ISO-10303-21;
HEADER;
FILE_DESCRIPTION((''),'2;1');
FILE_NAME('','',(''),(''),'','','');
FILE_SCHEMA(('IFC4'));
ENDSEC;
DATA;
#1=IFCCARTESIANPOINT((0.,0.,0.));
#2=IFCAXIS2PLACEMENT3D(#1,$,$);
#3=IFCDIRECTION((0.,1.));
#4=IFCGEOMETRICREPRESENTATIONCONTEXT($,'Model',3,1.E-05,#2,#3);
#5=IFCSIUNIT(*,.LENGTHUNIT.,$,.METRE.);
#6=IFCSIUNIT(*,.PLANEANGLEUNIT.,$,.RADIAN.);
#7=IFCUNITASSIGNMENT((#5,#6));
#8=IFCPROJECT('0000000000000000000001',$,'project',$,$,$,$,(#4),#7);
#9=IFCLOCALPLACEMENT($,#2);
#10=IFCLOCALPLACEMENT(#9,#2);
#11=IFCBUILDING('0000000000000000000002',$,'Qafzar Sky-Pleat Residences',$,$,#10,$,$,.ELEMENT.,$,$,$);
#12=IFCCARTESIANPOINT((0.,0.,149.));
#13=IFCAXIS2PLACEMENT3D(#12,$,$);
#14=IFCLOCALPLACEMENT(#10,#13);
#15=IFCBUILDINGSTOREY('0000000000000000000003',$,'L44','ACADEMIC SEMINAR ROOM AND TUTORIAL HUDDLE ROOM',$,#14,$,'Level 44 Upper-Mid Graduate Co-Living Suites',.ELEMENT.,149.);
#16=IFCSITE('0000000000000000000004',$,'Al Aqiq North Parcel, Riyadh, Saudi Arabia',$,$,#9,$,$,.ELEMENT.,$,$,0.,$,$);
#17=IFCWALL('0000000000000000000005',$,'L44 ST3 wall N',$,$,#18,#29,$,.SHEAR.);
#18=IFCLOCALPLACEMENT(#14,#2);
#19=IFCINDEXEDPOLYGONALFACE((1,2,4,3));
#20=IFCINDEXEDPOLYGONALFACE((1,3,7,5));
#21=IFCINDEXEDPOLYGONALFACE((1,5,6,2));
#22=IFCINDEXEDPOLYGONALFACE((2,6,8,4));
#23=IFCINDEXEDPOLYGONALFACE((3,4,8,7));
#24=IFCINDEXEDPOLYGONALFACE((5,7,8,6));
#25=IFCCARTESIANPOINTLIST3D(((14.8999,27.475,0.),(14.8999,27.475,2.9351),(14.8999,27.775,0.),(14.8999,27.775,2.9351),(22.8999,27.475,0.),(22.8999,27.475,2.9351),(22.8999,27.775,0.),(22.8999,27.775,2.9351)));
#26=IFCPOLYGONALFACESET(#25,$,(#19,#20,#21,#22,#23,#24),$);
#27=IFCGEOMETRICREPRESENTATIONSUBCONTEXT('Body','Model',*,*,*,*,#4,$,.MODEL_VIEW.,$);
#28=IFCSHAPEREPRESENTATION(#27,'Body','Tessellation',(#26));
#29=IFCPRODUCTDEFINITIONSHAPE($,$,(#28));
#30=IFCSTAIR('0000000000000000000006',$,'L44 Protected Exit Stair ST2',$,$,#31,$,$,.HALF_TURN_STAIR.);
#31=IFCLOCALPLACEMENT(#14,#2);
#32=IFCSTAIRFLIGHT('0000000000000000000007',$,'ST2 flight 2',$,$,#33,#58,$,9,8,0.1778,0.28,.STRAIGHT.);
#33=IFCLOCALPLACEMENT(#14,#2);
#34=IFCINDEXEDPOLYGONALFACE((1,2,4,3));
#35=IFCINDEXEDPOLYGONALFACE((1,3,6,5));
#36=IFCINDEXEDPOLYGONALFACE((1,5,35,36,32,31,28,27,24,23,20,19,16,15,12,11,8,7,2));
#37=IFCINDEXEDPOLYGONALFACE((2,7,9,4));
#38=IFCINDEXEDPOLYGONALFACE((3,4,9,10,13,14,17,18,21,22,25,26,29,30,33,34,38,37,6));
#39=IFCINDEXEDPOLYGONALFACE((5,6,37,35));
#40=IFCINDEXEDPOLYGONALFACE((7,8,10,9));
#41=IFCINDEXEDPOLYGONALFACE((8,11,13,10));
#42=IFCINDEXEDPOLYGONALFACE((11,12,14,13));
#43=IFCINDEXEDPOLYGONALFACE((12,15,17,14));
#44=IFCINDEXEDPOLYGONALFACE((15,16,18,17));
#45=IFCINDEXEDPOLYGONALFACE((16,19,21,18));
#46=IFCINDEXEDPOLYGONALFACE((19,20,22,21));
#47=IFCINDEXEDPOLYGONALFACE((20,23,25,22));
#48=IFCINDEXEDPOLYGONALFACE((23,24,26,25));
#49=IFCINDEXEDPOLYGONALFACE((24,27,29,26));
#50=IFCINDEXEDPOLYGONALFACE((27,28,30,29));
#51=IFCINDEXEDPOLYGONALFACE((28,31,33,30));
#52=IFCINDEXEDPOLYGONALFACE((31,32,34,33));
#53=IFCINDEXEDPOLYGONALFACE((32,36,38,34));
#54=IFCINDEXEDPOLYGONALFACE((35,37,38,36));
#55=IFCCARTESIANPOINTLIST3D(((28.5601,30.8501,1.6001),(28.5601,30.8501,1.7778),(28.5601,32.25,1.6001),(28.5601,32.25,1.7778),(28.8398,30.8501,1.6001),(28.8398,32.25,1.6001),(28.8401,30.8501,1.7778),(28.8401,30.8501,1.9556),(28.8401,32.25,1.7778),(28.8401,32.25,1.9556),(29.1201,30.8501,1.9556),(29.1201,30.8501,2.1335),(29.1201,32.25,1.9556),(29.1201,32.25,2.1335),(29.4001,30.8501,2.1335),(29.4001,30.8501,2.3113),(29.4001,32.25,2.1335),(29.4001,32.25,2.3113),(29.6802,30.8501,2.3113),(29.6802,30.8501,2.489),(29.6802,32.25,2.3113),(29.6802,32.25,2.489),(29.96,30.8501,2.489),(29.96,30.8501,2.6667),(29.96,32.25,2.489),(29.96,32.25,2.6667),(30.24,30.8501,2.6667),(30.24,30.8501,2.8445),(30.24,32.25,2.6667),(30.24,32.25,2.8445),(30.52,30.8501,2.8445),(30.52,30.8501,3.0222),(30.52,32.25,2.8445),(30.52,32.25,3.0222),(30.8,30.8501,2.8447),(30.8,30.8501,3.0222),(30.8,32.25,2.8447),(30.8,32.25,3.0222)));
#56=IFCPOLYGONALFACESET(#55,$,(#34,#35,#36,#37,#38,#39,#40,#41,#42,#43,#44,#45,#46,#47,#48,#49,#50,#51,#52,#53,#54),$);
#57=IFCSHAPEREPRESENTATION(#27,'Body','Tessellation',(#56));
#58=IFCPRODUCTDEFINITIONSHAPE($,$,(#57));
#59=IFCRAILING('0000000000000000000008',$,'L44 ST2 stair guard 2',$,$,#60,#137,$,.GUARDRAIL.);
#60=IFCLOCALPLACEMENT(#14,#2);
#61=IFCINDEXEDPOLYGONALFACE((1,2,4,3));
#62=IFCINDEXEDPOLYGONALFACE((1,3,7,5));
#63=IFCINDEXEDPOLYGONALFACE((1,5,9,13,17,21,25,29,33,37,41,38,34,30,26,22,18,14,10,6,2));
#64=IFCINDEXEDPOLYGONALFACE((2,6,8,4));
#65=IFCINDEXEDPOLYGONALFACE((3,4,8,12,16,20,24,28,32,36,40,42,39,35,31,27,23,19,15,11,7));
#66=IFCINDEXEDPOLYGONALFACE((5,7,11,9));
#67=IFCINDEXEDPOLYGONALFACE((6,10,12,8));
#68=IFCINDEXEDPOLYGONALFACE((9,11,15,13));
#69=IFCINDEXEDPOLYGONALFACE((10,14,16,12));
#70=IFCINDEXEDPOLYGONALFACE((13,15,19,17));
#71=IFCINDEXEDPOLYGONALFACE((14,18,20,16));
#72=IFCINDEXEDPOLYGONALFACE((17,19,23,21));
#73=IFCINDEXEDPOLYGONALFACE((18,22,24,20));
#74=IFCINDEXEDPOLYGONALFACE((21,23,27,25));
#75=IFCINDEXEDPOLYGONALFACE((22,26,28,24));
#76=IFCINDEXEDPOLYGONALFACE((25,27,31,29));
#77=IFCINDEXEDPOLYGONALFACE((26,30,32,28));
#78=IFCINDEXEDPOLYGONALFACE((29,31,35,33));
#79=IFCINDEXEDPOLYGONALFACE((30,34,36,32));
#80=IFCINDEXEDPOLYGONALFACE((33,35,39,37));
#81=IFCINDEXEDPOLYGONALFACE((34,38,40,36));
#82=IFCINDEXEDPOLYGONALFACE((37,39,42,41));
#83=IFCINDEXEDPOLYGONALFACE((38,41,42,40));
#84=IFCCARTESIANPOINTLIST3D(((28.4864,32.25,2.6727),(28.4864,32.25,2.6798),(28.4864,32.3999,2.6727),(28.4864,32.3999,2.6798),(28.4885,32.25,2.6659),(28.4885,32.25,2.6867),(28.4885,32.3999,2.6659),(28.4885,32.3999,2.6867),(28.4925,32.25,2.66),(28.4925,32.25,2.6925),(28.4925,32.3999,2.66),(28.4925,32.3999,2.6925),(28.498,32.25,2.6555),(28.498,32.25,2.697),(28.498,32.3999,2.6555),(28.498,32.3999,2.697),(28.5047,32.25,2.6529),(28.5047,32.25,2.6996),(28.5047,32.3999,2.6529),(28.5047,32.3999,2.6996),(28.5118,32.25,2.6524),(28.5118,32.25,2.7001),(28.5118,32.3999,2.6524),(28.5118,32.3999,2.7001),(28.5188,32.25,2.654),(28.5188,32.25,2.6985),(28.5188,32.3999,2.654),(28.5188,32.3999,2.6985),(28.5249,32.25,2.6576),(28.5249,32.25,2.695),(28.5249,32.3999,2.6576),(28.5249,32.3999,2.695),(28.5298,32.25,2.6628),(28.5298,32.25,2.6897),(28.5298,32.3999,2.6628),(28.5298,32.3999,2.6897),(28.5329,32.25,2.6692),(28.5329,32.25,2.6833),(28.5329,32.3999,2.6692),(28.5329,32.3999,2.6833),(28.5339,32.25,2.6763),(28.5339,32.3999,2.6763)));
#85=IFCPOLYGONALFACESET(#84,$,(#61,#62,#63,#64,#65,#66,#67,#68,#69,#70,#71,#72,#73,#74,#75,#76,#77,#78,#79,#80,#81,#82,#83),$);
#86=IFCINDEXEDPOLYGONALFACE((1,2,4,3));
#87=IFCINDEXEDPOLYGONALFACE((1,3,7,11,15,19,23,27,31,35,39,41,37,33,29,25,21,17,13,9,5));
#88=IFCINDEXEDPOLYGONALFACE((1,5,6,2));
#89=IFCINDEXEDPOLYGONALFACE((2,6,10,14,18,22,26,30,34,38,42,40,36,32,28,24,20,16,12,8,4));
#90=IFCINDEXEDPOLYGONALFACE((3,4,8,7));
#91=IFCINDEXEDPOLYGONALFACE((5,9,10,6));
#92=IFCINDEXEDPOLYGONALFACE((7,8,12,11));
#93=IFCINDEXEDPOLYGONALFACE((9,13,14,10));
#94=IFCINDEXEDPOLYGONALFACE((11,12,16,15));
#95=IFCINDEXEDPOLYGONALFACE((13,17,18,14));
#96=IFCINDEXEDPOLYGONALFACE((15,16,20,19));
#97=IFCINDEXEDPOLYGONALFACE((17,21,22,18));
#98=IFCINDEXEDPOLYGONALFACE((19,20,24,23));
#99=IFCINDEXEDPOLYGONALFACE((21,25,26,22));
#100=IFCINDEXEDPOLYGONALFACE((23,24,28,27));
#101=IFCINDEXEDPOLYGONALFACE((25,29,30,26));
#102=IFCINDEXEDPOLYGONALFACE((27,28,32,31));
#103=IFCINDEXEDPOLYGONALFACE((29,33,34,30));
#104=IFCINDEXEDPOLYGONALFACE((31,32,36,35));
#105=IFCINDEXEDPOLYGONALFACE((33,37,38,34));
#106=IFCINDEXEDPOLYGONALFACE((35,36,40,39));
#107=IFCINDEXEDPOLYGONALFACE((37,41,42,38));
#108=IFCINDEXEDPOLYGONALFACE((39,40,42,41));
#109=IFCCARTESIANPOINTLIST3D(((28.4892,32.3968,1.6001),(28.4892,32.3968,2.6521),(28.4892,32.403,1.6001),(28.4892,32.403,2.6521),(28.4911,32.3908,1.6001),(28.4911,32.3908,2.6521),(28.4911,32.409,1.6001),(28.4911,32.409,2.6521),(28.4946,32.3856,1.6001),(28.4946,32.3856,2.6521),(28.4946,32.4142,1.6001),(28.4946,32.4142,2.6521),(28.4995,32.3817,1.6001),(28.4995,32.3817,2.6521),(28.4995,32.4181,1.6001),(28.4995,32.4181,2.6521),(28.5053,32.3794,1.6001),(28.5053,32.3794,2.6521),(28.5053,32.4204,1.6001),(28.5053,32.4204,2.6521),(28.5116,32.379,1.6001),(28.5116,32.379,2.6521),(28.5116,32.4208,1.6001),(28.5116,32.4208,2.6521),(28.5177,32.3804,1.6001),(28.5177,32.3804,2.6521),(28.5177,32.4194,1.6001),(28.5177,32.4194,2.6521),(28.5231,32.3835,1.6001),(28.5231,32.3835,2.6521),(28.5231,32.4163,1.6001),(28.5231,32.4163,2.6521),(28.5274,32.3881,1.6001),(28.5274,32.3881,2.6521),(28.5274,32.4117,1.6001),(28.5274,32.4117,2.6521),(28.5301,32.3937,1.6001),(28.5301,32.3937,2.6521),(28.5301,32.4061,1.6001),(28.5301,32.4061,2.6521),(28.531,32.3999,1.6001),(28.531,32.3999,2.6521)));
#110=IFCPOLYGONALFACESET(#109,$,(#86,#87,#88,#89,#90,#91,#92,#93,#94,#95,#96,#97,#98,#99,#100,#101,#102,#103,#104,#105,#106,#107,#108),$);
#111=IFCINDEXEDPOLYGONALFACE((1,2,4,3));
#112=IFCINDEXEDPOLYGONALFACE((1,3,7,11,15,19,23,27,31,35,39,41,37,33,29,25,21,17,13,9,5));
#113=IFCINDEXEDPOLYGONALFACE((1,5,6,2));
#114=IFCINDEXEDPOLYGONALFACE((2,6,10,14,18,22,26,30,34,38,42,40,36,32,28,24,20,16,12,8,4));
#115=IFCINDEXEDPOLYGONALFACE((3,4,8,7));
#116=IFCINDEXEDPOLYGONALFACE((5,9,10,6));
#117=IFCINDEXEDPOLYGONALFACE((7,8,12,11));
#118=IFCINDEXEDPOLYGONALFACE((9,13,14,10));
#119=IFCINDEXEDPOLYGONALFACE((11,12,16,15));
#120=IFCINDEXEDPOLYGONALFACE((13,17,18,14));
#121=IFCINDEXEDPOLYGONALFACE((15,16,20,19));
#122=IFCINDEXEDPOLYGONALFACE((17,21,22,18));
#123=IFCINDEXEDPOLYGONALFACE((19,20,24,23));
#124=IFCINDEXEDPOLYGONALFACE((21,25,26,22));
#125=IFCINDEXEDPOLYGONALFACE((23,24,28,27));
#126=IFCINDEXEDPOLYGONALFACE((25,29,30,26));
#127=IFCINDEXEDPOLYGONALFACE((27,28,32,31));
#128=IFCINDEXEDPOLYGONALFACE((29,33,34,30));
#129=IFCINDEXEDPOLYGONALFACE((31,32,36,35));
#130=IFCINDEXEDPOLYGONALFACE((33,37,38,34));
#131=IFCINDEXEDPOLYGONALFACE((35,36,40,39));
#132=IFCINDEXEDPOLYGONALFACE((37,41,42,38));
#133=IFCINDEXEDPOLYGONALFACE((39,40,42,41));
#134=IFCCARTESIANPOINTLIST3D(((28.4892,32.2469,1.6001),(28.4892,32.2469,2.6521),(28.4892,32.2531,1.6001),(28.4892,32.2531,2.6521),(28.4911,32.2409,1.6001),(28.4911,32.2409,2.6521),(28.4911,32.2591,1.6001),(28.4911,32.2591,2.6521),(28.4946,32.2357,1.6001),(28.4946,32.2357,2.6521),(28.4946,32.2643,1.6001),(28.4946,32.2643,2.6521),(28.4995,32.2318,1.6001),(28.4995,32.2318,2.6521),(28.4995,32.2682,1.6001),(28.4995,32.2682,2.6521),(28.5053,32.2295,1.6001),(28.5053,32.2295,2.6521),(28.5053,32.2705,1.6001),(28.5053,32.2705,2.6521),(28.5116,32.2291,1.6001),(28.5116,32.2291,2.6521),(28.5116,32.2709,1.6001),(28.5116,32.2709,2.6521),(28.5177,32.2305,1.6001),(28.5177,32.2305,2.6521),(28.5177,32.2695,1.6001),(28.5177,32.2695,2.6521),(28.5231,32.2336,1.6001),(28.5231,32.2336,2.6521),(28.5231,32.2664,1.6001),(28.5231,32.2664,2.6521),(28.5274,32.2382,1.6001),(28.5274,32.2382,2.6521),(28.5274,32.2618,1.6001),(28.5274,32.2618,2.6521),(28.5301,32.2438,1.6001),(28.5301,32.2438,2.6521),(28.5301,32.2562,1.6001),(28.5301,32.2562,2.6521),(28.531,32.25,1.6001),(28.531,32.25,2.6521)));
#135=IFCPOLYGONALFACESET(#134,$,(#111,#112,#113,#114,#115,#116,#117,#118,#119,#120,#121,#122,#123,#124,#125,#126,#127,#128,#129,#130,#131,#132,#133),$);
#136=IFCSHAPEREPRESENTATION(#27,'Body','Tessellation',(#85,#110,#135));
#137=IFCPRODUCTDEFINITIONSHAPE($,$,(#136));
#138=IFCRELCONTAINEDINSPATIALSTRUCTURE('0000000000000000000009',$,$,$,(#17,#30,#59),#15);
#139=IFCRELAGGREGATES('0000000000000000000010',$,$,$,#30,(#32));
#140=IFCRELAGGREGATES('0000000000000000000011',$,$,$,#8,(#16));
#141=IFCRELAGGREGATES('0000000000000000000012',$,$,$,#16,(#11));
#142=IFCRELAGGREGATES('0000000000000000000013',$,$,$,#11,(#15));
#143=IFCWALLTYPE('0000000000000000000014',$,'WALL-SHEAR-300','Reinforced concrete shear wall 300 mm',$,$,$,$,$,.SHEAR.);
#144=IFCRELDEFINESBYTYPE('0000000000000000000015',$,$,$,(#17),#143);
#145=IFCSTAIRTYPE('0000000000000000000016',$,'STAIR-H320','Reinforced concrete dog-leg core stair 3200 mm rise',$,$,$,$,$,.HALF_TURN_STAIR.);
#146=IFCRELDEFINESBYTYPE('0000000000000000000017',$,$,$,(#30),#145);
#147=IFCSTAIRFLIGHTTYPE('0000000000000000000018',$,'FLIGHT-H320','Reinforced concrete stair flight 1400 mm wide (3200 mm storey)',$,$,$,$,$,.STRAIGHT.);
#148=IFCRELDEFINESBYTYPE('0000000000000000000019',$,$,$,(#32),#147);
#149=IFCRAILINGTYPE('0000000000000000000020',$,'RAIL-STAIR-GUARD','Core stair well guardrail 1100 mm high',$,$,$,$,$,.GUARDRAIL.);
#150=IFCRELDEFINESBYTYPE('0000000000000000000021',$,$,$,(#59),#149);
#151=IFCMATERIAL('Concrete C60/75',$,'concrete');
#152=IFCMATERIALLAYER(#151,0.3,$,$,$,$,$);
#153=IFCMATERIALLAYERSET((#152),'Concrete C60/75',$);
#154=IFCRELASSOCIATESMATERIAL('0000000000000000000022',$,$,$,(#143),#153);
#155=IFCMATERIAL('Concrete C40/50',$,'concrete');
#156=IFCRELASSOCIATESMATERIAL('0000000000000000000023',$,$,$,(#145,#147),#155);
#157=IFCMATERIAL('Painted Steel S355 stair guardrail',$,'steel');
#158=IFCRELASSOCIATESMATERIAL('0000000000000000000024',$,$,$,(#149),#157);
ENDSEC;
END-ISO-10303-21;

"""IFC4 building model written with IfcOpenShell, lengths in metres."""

from ifc_helpers import new_model, si_unit, direction, frame, frame_2d, origin, origin_2d, place, context, subcontext, project, spatial, polyline, rectangle, circle, outline, extrude, source, transform, mapped, material, layer, layer_set, type_object, element, aggregate, save


model = new_model("IFC4")

# Units and contexts
model_context = context("Model", 3, precision=1e-05, world=origin(), true_north=direction((0.0, 1.0)))
body_context = subcontext(model_context, "Body", "Model", "MODEL_VIEW")
ifc_project = project(units=[si_unit("LENGTHUNIT", "METRE"), si_unit("PLANEANGLEUNIT", "RADIAN")], contexts=[model_context])

# Site, building, storey
site_placement = place(None, origin())
site = spatial("IfcSite", under=ifc_project, at=site_placement, Name="Al Aqiq North Parcel, Riyadh, Saudi Arabia", CompositionType="ELEMENT", RefElevation=0.0)
building_placement = place(site_placement, origin())
building = spatial("IfcBuilding", under=site, at=building_placement, Name="Qafzar Sky-Pleat Residences", CompositionType="ELEMENT")
storey_placement = place(building_placement, frame((0.0, 0.0, 149.0)))
storey = spatial("IfcBuildingStorey", under=building, at=storey_placement, Name="L44", Description="ACADEMIC SEMINAR ROOM AND TUTORIAL HUDDLE ROOM", LongName="Level 44 Upper-Mid Graduate Co-Living Suites", CompositionType="ELEMENT", Elevation=149.0)

# Shared definitions
ifc_material_1 = material(Name="Concrete C60/75", Category="concrete")
ifc_layer_1 = layer(ifc_material_1, 0.3)
ifc_layer_set_1 = layer_set([ifc_layer_1], Name="Concrete C60/75")
wall_type_1 = type_object("IfcWallType", Name="WALL-SHEAR-300", Description="Reinforced concrete shear wall 300 mm", PredefinedType="SHEAR", material=ifc_layer_set_1)

# Wall
wall_1_placement = place(storey_placement, frame((22.8999, 27.625, 0.0), z_axis=(0.0, 0.0, 1.0), x_axis=(-1.0, 0.0, 0.0)))
element("IfcWall", 1, at=wall_1_placement, inside=storey, type_object=wall_type_1, Name="L44 ST3 wall N", PredefinedType="SHEAR", context=body_context, shape_type="SweptSolid", body=[
    extrude(rectangle(XDim=8.0, YDim=0.3, at=frame_2d((4.0, 0.0))), origin(), (0.0, 0.0, 1.0), 2.9351),
])

# Stair, stair flight
ifc_material_2 = material(Name="Concrete C40/50", Category="concrete")
stair_type = type_object("IfcStairType", Name="STAIR-H320", Description="Reinforced concrete dog-leg core stair 3200 mm rise", PredefinedType="HALF_TURN_STAIR", material=ifc_material_2)
stair_placement = place(storey_placement, origin())
stair = element("IfcStair", 2, at=stair_placement, inside=storey, type_object=stair_type, Name="L44 Protected Exit Stair ST2", PredefinedType="HALF_TURN_STAIR")
stair_flight_type = type_object("IfcStairFlightType", Name="FLIGHT-H320", Description="Reinforced concrete stair flight 1400 mm wide (3200 mm storey)", PredefinedType="STRAIGHT", material=ifc_material_2)
shared_shape_1 = source(origin(), body_context, "Body", "SweptSolid", [
    extrude(outline(polyline([(0.0, 0.0), (0.0, 0.1777), (0.28, 0.1777), (0.28, 0.3555), (0.5601, 0.3555), (0.5601, 0.5334), (0.8401, 0.5334), (0.8401, 0.7112), (1.1201, 0.7112), (1.1201, 0.8889), (1.3999, 0.8889), (1.3999, 1.0667), (1.6799, 1.0667), (1.6799, 1.2444), (1.96, 1.2444), (1.96, 1.4221), (2.24, 1.4221), (2.24, 1.6001), (2.24, 1.2446), (0.2798, 0.0), (0.0, 0.0)])), frame((0.0, 0.7, 0.0), z_axis=(0.0, -1.0, 0.0), x_axis=(1.0, 0.0, 0.0)), (0.0, 0.0, 1.0), 1.3999),
])
stair_flight_placement = place(storey_placement, frame((28.5601, 31.55, 1.6001), z_axis=(0.0, 0.0, 1.0), x_axis=(1.0, 0.0, 0.0)))
stair_flight = element("IfcStairFlight", 3, at=stair_flight_placement, type_object=stair_flight_type, Name="ST2 flight 2", NumberOfRisers=9, NumberOfTreads=8, PredefinedType="STRAIGHT", RiserHeight=0.1778, TreadLength=0.28, context=body_context, shape_type="MappedRepresentation", body=[
    mapped(shared_shape_1, transform((0.0, 0.0, 0.0), x_axis=(1.0, 0.0, 0.0), y_axis=(0.0, 1.0, 0.0), z_axis=(0.0, 0.0, 1.0), scale=1.0)),
])
aggregate(stair, [stair_flight])

# Railing
ifc_material_3 = material(Name="Painted Steel S355 stair guardrail", Category="steel")
railing_type_1 = type_object("IfcRailingType", Name="RAIL-STAIR-GUARD", Description="Core stair well guardrail 1100 mm high", PredefinedType="GUARDRAIL", material=ifc_material_3)
shared_shape_2 = source(origin(), body_context, "Body", "SweptSolid", [
    extrude(circle(Radius=0.0239, at=origin_2d()), frame((0.0, 0.0, 1.0762), z_axis=(0.0, -1.0, 0.0), x_axis=(1.0, 0.0, 0.0)), (0.0, 0.0, 1.0), 0.1499),
    extrude(circle(Radius=0.021, at=origin_2d()), origin(), (0.0, 0.0, 1.0), 1.052),
    extrude(circle(Radius=0.021, at=origin_2d()), frame((0.0, -0.1499, 0.0)), (0.0, 0.0, 1.0), 1.052),
])
railing_1_placement = place(storey_placement, frame((28.51, 32.3999, 1.6001)))
element("IfcRailing", 4, at=railing_1_placement, inside=storey, type_object=railing_type_1, Name="L44 ST2 stair guard 2", PredefinedType="GUARDRAIL", context=body_context, shape_type="MappedRepresentation", body=[
    mapped(shared_shape_2, transform((0.0, 0.0, 0.0), x_axis=(1.0, 0.0, 0.0), y_axis=(0.0, 1.0, 0.0), z_axis=(0.0, 0.0, 1.0), scale=1.0)),
])

save(model, "model.ifc")
